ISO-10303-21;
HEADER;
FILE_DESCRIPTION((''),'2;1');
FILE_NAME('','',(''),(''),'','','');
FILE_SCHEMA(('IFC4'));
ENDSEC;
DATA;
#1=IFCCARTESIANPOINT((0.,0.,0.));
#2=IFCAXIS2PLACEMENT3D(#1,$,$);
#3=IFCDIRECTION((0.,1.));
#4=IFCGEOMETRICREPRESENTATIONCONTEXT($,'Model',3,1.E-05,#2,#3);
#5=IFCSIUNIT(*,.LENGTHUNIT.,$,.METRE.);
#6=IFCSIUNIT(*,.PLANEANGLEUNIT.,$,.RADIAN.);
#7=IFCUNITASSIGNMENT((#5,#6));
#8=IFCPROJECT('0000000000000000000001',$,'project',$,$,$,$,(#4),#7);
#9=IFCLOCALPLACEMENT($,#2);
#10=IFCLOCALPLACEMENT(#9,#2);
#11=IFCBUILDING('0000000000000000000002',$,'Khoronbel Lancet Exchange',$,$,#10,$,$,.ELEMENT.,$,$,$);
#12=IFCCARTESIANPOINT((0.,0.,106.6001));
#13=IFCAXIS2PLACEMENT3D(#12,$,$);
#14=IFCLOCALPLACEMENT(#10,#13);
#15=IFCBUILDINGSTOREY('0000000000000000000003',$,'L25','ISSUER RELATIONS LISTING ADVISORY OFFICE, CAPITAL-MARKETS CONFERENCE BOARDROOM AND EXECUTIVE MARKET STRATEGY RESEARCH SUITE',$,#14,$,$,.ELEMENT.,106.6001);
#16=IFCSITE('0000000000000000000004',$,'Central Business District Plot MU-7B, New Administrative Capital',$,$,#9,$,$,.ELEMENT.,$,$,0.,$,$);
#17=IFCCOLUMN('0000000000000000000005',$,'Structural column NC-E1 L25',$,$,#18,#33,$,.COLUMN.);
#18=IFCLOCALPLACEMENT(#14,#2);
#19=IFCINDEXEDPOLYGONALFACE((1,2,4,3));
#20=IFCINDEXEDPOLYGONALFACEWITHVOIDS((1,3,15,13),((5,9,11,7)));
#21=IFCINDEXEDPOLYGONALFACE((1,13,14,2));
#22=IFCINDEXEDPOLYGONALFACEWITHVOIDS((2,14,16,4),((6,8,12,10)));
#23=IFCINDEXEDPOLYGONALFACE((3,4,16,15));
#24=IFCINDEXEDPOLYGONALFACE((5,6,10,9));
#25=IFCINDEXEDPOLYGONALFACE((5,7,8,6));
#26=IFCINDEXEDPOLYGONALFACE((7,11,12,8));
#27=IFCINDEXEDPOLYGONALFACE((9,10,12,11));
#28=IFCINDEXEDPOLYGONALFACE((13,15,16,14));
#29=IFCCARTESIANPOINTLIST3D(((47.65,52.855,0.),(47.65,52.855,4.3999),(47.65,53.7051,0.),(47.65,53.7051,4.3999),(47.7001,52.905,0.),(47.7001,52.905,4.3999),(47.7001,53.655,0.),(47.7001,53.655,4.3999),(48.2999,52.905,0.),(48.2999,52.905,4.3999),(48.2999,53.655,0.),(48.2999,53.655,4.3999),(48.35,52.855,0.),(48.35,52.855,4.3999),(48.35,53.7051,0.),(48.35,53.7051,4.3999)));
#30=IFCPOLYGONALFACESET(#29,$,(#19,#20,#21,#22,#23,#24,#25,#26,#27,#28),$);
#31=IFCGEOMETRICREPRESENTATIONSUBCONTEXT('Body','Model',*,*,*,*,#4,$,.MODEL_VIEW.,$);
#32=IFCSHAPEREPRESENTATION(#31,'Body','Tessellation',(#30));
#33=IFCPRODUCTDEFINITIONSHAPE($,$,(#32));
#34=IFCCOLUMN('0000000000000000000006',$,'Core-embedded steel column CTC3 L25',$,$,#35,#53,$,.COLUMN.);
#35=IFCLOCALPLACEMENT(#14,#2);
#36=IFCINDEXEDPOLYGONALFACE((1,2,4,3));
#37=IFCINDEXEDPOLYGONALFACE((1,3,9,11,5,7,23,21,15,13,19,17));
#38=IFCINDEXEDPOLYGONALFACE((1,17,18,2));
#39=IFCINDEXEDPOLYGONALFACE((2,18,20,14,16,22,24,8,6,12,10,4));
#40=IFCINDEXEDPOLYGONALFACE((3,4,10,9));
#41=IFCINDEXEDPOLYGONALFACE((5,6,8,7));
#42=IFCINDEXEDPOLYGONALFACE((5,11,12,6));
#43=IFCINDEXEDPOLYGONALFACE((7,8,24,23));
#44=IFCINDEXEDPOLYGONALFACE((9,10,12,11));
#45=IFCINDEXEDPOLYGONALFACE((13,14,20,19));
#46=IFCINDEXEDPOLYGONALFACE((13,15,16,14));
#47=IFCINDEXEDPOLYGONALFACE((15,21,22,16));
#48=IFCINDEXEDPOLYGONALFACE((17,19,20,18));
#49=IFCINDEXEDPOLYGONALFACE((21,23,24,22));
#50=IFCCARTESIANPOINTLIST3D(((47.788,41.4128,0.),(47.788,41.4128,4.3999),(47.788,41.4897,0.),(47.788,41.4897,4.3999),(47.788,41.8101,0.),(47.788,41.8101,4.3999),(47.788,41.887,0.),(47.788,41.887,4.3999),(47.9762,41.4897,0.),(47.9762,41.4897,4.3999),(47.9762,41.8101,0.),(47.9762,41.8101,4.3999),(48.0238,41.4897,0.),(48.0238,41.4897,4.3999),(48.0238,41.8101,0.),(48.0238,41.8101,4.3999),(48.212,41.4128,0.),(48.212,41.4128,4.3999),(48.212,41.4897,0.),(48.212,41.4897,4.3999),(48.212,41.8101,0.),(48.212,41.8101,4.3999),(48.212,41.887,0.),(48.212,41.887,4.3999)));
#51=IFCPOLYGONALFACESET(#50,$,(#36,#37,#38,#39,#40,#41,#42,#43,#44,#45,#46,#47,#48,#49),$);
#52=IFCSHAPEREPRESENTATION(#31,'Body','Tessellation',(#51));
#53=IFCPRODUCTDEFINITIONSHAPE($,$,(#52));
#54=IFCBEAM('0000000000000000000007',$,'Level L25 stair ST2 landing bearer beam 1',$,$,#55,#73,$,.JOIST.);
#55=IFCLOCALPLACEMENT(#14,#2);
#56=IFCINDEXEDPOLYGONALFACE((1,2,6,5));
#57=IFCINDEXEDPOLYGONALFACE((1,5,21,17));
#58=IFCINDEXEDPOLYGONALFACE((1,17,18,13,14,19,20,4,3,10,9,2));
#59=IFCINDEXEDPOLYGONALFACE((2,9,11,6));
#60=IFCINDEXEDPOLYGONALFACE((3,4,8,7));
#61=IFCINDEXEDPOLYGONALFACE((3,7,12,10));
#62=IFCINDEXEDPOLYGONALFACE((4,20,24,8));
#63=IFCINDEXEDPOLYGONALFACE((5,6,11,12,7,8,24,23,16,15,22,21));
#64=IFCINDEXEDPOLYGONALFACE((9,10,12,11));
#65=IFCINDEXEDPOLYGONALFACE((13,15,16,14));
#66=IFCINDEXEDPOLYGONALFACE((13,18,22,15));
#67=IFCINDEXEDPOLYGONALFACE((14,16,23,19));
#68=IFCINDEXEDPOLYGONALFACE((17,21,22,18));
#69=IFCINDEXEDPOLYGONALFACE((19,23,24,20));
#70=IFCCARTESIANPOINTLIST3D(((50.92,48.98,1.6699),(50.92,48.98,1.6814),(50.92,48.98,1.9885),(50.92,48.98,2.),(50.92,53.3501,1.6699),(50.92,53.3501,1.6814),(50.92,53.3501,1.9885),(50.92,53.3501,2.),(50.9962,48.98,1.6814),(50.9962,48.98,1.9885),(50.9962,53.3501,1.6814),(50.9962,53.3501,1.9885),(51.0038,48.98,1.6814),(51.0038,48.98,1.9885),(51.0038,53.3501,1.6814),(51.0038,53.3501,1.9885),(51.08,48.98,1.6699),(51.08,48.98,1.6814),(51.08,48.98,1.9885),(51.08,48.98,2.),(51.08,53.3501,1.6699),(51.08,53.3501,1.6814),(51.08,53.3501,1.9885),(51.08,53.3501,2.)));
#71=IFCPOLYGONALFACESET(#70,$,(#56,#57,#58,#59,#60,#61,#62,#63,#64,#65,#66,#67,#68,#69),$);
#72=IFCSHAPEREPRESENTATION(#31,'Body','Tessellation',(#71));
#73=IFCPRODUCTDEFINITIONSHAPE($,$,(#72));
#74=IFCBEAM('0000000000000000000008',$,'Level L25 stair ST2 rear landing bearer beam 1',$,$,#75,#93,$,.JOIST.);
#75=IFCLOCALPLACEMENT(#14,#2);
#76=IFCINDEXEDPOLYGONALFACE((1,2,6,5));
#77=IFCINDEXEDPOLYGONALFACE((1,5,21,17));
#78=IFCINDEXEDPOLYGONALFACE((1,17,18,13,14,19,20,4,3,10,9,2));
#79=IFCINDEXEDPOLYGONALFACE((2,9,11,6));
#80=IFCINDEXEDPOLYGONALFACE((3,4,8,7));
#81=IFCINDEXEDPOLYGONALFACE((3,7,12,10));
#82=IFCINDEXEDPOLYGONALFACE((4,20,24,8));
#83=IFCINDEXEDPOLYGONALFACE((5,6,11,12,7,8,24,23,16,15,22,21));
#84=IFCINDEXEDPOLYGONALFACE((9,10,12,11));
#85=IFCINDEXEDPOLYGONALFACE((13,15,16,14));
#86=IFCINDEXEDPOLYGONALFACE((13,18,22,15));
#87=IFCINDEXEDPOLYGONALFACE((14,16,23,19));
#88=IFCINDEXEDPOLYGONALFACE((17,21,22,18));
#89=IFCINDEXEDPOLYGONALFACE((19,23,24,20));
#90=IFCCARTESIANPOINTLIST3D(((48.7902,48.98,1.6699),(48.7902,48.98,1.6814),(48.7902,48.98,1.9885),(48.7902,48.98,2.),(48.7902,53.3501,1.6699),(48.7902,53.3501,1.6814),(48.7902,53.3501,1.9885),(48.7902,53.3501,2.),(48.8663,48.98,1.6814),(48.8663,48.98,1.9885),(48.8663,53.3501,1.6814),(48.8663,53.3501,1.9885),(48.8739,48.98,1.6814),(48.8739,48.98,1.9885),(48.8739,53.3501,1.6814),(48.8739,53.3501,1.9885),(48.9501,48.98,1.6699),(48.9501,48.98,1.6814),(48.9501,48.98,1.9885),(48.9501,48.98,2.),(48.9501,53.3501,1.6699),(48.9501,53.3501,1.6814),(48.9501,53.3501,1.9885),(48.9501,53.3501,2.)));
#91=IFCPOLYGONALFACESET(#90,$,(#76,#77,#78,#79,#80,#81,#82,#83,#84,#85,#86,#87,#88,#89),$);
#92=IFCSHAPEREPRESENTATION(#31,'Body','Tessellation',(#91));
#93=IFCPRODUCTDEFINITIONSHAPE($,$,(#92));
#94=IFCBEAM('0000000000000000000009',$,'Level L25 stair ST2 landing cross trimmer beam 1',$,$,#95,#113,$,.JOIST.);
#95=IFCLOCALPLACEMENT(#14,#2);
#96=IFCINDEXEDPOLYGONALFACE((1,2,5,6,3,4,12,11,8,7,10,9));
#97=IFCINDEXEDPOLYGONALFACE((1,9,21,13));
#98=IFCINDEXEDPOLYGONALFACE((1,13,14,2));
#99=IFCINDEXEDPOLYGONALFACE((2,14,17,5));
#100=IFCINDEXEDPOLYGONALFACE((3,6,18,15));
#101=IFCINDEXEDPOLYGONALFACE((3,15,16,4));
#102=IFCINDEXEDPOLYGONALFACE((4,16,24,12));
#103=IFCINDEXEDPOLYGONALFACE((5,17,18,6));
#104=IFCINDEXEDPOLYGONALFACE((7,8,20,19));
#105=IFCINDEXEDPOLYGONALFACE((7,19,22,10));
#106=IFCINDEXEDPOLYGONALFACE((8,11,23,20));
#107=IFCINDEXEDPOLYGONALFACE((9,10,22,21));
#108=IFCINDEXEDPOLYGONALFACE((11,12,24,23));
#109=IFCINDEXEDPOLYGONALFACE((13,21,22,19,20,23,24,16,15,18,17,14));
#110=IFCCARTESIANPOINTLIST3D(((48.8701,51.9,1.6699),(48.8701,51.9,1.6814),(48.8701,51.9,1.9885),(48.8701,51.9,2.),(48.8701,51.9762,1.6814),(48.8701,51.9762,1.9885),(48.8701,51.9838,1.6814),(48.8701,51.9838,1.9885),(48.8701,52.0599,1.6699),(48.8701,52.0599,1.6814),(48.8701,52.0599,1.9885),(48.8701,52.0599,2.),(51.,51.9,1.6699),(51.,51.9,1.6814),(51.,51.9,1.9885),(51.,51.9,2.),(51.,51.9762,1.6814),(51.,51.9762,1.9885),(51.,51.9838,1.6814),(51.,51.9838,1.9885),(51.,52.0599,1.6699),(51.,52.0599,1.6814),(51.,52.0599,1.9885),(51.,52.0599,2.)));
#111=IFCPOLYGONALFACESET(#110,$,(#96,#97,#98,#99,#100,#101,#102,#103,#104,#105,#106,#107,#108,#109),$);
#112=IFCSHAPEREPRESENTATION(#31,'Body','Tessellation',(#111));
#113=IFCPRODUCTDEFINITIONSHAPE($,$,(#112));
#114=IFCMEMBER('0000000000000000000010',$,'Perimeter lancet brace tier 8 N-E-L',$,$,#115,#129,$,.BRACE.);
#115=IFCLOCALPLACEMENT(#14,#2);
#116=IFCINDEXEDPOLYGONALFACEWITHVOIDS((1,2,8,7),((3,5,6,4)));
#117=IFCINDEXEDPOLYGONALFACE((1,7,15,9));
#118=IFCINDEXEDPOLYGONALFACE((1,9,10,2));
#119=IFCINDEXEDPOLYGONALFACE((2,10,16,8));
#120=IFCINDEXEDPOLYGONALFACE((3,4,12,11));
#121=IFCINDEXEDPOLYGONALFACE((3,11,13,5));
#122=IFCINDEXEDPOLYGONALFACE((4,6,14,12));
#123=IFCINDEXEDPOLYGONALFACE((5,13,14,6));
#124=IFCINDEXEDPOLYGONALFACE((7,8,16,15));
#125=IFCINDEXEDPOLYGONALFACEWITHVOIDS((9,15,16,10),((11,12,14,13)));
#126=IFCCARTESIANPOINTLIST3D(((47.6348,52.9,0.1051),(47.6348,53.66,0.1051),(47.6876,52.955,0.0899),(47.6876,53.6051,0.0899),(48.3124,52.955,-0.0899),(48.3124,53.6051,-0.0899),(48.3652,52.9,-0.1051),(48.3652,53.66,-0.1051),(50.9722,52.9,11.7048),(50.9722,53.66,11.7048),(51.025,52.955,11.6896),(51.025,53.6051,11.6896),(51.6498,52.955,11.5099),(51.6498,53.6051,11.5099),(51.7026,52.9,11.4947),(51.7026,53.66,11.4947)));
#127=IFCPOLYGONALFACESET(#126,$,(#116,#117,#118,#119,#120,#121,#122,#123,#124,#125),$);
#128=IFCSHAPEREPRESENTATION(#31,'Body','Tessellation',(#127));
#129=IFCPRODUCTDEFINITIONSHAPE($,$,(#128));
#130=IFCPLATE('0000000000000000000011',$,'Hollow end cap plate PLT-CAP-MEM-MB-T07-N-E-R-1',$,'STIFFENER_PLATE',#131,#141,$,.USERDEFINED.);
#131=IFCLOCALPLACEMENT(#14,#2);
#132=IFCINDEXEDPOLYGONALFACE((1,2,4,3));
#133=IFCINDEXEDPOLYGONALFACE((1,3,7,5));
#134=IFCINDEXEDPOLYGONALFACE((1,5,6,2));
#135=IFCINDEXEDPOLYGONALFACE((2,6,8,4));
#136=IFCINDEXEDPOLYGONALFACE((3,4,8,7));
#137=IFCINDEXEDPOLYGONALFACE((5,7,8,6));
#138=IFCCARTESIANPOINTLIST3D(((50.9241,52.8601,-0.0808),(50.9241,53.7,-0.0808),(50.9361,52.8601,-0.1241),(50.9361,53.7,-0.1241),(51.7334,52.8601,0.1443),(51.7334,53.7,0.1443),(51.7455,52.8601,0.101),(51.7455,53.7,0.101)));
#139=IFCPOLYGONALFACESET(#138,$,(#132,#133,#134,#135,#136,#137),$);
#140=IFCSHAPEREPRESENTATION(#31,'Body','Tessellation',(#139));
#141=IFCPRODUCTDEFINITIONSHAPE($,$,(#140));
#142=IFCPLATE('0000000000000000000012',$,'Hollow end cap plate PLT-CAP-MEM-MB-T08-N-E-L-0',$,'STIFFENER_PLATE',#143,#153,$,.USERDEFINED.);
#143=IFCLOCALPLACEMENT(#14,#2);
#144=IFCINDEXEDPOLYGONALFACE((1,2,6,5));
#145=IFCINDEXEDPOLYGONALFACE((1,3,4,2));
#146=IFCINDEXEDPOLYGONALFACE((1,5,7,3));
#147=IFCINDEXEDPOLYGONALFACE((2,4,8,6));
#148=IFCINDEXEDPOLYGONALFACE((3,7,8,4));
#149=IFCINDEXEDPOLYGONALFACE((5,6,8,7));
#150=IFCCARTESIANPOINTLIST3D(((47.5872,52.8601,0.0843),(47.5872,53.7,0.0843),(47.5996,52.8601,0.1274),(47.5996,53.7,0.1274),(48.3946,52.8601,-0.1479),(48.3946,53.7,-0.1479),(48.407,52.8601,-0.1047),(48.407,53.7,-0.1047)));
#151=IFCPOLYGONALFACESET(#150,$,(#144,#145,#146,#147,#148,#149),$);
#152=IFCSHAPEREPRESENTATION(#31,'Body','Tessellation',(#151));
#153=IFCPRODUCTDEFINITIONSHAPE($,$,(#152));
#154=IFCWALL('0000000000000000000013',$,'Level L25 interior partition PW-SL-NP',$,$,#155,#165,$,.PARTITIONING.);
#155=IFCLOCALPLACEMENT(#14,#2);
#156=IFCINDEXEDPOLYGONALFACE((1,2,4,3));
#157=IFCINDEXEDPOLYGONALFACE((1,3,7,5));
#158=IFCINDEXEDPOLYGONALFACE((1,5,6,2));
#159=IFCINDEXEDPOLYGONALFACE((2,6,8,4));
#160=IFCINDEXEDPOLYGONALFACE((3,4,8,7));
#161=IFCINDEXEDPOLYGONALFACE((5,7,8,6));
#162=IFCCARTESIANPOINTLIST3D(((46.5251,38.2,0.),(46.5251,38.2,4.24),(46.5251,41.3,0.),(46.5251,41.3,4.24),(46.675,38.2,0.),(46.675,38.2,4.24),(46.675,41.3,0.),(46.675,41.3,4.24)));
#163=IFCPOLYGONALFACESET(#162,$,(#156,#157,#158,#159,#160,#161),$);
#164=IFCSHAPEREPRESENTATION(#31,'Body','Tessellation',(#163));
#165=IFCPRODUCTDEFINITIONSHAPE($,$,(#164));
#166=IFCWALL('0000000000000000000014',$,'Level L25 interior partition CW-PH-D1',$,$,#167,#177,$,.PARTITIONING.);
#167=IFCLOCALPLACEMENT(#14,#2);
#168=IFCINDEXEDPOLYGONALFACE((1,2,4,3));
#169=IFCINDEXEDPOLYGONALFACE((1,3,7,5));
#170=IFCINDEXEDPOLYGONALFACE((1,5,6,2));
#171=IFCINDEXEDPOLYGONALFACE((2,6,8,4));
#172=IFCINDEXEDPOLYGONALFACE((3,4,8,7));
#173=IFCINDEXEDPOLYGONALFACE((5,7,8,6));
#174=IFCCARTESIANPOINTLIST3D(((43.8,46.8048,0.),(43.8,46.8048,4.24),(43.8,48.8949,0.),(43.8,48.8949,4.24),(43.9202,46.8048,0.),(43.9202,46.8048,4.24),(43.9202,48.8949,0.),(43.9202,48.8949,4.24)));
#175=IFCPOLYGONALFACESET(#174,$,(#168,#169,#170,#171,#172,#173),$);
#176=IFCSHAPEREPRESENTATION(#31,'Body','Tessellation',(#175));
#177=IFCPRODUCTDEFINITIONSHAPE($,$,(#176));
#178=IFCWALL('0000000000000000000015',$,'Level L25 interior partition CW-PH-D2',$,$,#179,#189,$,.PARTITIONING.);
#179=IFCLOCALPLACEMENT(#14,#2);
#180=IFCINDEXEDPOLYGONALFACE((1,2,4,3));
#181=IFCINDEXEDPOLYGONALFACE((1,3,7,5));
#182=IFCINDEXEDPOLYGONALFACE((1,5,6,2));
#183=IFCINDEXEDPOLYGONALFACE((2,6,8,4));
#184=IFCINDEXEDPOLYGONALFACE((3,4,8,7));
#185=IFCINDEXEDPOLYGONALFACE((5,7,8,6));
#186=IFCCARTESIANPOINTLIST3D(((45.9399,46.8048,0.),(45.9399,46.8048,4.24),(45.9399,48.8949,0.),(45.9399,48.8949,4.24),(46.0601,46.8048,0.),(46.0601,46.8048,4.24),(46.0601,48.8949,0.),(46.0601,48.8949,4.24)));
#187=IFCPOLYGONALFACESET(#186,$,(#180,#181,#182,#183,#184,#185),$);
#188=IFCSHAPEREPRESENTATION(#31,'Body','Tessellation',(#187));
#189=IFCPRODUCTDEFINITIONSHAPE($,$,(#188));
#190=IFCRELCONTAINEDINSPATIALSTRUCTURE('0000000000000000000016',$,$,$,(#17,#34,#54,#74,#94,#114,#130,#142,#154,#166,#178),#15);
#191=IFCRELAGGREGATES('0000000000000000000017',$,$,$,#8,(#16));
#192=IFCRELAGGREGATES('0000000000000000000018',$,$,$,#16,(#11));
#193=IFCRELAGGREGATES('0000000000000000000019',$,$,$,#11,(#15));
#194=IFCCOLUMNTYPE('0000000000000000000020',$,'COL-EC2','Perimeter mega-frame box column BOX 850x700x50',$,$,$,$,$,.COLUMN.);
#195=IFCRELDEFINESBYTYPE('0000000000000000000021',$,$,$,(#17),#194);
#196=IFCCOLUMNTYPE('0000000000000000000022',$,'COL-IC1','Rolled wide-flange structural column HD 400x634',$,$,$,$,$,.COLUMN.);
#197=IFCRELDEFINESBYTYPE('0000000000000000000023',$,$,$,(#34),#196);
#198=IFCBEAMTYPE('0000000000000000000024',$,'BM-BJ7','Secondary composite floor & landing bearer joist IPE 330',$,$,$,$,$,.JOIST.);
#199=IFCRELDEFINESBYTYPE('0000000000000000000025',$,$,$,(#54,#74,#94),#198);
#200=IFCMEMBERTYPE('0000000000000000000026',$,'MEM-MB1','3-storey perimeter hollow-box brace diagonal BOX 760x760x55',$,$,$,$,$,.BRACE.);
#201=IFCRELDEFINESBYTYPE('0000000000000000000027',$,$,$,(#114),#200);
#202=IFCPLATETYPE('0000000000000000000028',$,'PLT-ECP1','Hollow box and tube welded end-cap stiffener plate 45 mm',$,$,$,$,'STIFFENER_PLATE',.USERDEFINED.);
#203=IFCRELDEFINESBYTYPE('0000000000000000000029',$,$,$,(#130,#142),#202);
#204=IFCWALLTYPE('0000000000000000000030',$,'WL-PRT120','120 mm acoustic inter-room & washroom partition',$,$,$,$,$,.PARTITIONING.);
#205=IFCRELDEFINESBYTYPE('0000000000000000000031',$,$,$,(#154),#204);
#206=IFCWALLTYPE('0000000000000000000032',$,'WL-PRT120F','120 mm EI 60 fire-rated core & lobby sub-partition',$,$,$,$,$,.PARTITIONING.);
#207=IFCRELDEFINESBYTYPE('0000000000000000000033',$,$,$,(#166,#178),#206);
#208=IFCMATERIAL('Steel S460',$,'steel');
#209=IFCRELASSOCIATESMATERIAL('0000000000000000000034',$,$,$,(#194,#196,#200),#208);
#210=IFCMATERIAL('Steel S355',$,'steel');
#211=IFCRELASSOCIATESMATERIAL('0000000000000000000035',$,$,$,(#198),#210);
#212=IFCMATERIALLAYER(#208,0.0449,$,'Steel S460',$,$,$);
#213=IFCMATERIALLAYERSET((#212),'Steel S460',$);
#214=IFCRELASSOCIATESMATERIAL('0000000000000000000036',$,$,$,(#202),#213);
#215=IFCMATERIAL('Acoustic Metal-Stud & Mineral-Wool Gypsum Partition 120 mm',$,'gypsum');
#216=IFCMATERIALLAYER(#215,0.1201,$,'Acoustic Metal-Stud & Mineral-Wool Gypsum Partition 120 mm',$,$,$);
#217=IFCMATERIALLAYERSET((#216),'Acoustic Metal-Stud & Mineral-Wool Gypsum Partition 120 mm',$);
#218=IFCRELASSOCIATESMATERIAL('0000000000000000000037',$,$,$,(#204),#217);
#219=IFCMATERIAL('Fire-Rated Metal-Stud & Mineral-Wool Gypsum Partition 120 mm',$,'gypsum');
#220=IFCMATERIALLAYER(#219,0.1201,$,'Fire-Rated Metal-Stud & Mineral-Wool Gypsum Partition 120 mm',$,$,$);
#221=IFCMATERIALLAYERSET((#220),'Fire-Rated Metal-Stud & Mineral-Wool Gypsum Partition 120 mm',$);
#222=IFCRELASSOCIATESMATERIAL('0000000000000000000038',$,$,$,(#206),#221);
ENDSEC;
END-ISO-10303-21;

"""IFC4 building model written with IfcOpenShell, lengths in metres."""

from ifc_helpers import new_model, si_unit, direction, frame, frame_2d, origin, origin_2d, place, context, subcontext, project, spatial, polyline, rectangle, hollow_rectangle, i_section, outline, extrude, material, layer, layer_set, material_profile, profile_set, type_object, element, save


model = new_model("IFC4")

# Units and contexts
model_context = context("Model", 3, precision=1e-05, world=origin(), true_north=direction((0.0, 1.0)))
body_context = subcontext(model_context, "Body", "Model", "MODEL_VIEW")
ifc_project = project(units=[si_unit("LENGTHUNIT", "METRE"), si_unit("PLANEANGLEUNIT", "RADIAN")], contexts=[model_context])

# Site, building, storey
site_placement = place(None, origin())
site = spatial("IfcSite", under=ifc_project, at=site_placement, Name="Central Business District Plot MU-7B, New Administrative Capital", CompositionType="ELEMENT", RefElevation=0.0)
building_placement = place(site_placement, origin())
building = spatial("IfcBuilding", under=site, at=building_placement, Name="Khoronbel Lancet Exchange", CompositionType="ELEMENT")
storey_placement = place(building_placement, frame((0.0, 0.0, 106.6001)))
storey = spatial("IfcBuildingStorey", under=building, at=storey_placement, Name="L25", Description="ISSUER RELATIONS LISTING ADVISORY OFFICE, CAPITAL-MARKETS CONFERENCE BOARDROOM AND EXECUTIVE MARKET STRATEGY RESEARCH SUITE", CompositionType="ELEMENT", Elevation=106.6001)

# Columns
ifc_material_1 = material(Name="Steel S460", Category="steel")
ifc_material_profile_1 = material_profile(ifc_material_1, hollow_rectangle(XDim=0.7, YDim=0.8501, WallThickness=0.05, at=origin_2d()), Name="BOX 850x700x50")
ifc_profile_set_1 = profile_set([ifc_material_profile_1], Name="Steel S460")
column_type_1 = type_object("IfcColumnType", Name="COL-EC2", Description="Perimeter mega-frame box column BOX 850x700x50", PredefinedType="COLUMN", material=ifc_profile_set_1)
column_1_placement = place(storey_placement, frame((48.0, 53.28, 0.0), z_axis=(0.0, 0.0, 1.0), x_axis=(1.0, 0.0, 0.0)))
element("IfcColumn", 1, at=column_1_placement, inside=storey, type_object=column_type_1, Name="Structural column NC-E1 L25", PredefinedType="COLUMN", context=body_context, shape_type="SweptSolid", body=[
    extrude(hollow_rectangle(XDim=0.7, YDim=0.8501, WallThickness=0.05, at=origin_2d()), origin(), (0.0, 0.0, 1.0), 4.3999),
])
ifc_material_profile_2 = material_profile(ifc_material_1, i_section(OverallWidth=0.4241, OverallDepth=0.4741, WebThickness=0.0476, FlangeThickness=0.0769, at=origin_2d()), Name="HD 400x634")
ifc_profile_set_2 = profile_set([ifc_material_profile_2], Name="Steel S460")
column_type_2 = type_object("IfcColumnType", Name="COL-IC1", Description="Rolled wide-flange structural column HD 400x634", PredefinedType="COLUMN", material=ifc_profile_set_2)
column_2_placement = place(storey_placement, frame((48.0, 41.6499, 0.0), z_axis=(0.0, 0.0, 1.0), x_axis=(1.0, 0.0, 0.0)))
element("IfcColumn", 2, at=column_2_placement, inside=storey, type_object=column_type_2, Name="Core-embedded steel column CTC3 L25", PredefinedType="COLUMN", context=body_context, shape_type="SweptSolid", body=[
    extrude(i_section(OverallWidth=0.4241, OverallDepth=0.4741, WebThickness=0.0476, FlangeThickness=0.0769, at=origin_2d()), origin(), (0.0, 0.0, 1.0), 4.3999),
])

# Beams
ifc_material_2 = material(Name="Steel S355", Category="steel")
ifc_material_profile_3 = material_profile(ifc_material_2, i_section(OverallWidth=0.1599, OverallDepth=0.3301, WebThickness=0.0076, FlangeThickness=0.0115, at=origin_2d()), Name="IPE 330")
ifc_profile_set_3 = profile_set([ifc_material_profile_3], Name="Steel S355")
beam_type = type_object("IfcBeamType", Name="BM-BJ7", Description="Secondary composite floor & landing bearer joist IPE 330", PredefinedType="JOIST", material=ifc_profile_set_3)
for number, where, z_axis, x_axis, name in (
    (3, (51.0, 48.98, 1.835), (0.0, 1.0, 0.0), (-1.0, 0.0, 0.0), "Level L25 stair ST2 landing bearer beam 1"),
    (4, (48.8701, 48.98, 1.835), (0.0, 1.0, 0.0), (-1.0, 0.0, 0.0), "Level L25 stair ST2 rear landing bearer beam 1"),
):
    element("IfcBeam", number, at=place(storey_placement, frame(where, z_axis=z_axis, x_axis=x_axis)), inside=storey, type_object=beam_type, Name=name, PredefinedType="JOIST", context=body_context, shape_type="SweptSolid", body=[
        extrude(i_section(OverallWidth=0.1599, OverallDepth=0.3301, WebThickness=0.0076, FlangeThickness=0.0115, at=origin_2d()), origin(), (0.0, 0.0, 1.0), 4.3701),
    ])
beam_placement = place(storey_placement, frame((48.8701, 51.98, 1.835), z_axis=(1.0, 0.0, 0.0), x_axis=(0.0, 1.0, 0.0)))
element("IfcBeam", 5, at=beam_placement, inside=storey, type_object=beam_type, Name="Level L25 stair ST2 landing cross trimmer beam 1", PredefinedType="JOIST", context=body_context, shape_type="SweptSolid", body=[
    extrude(i_section(OverallWidth=0.1599, OverallDepth=0.3301, WebThickness=0.0076, FlangeThickness=0.0115, at=origin_2d()), origin(), (0.0, 0.0, 1.0), 2.1299),
])

# Member
ifc_material_profile_4 = material_profile(ifc_material_1, hollow_rectangle(XDim=0.76, YDim=0.76, WallThickness=0.0549, at=origin_2d()), Name="BOX 760x760x55")
ifc_profile_set_4 = profile_set([ifc_material_profile_4], Name="Steel S460")
member_type = type_object("IfcMemberType", Name="MEM-MB1", Description="3-storey perimeter hollow-box brace diagonal BOX 760x760x55", PredefinedType="BRACE", material=ifc_profile_set_4)
member_placement = place(storey_placement, frame((48.0, 53.28, 0.0), z_axis=(0.276494, 0.0, 0.961016), x_axis=(0.0, 1.0, 0.0)))
element("IfcMember", 6, at=member_placement, inside=storey, type_object=member_type, Name="Perimeter lancet brace tier 8 N-E-L", PredefinedType="BRACE", context=body_context, shape_type="SweptSolid", body=[
    extrude(hollow_rectangle(XDim=0.76, YDim=0.76, WallThickness=0.0549, at=origin_2d()), origin(), (0.0, 0.0, 1.0), 12.0703),
])

# Plates
ifc_layer_1 = layer(ifc_material_1, 0.0449, Name="Steel S460")
ifc_layer_set_1 = layer_set([ifc_layer_1], Name="Steel S460")
plate_type = type_object("IfcPlateType", Name="PLT-ECP1", Description="Hollow box and tube welded end-cap stiffener plate 45 mm", ElementType="STIFFENER_PLATE", PredefinedType="USERDEFINED", material=ifc_layer_set_1)
for number, where, z_axis, x_axis, name in (
    (7, (50.9241, 53.7, -0.0808), (-0.267959, 0.0, 0.96343), (0.0, -1.0, 0.0), "Hollow end cap plate PLT-CAP-MEM-MB-T07-N-E-R-1"),
    (8, (48.407, 52.8601, -0.1047), (0.276371, 0.0, 0.961051), (0.0, 1.0, 0.0), "Hollow end cap plate PLT-CAP-MEM-MB-T08-N-E-L-0"),
):
    element("IfcPlate", number, at=place(storey_placement, frame(where, z_axis=z_axis, x_axis=x_axis)), inside=storey, type_object=plate_type, Name=name, ObjectType="STIFFENER_PLATE", PredefinedType="USERDEFINED", context=body_context, shape_type="SweptSolid", body=[
        extrude(outline(polyline([(0.0, 0.0), (0.8398, 0.0), (0.8398, 0.8401), (0.0, 0.8401), (0.0, 0.0)])), origin(), (0.0, 0.0, -1.0), 0.0449),
    ])

# Walls
ifc_material_3 = material(Name="Acoustic Metal-Stud & Mineral-Wool Gypsum Partition 120 mm", Category="gypsum")
ifc_layer_2 = layer(ifc_material_3, 0.1201, Name="Acoustic Metal-Stud & Mineral-Wool Gypsum Partition 120 mm")
ifc_layer_set_2 = layer_set([ifc_layer_2], Name="Acoustic Metal-Stud & Mineral-Wool Gypsum Partition 120 mm")
wall_type_1 = type_object("IfcWallType", Name="WL-PRT120", Description="120 mm acoustic inter-room & washroom partition", PredefinedType="PARTITIONING", material=ifc_layer_set_2)
wall_1_placement = place(storey_placement, frame((46.6001, 38.2, 0.0), z_axis=(0.0, 0.0, 1.0), x_axis=(0.0, 1.0, 0.0)))
element("IfcWall", 9, at=wall_1_placement, inside=storey, type_object=wall_type_1, Name="Level L25 interior partition PW-SL-NP", PredefinedType="PARTITIONING", context=body_context, shape_type="SweptSolid", body=[
    extrude(rectangle(XDim=3.1001, YDim=0.1499, at=frame_2d((1.55, 0.0))), origin(), (0.0, 0.0, 1.0), 4.24),
])
ifc_material_4 = material(Name="Fire-Rated Metal-Stud & Mineral-Wool Gypsum Partition 120 mm", Category="gypsum")
ifc_layer_3 = layer(ifc_material_4, 0.1201, Name="Fire-Rated Metal-Stud & Mineral-Wool Gypsum Partition 120 mm")
ifc_layer_set_3 = layer_set([ifc_layer_3], Name="Fire-Rated Metal-Stud & Mineral-Wool Gypsum Partition 120 mm")
wall_type_2 = type_object("IfcWallType", Name="WL-PRT120F", Description="120 mm EI 60 fire-rated core & lobby sub-partition", PredefinedType="PARTITIONING", material=ifc_layer_set_3)
for number, where, z_axis, x_axis, name in (
    (10, (43.8601, 46.8049, 0.0), (0.0, 0.0, 1.0), (0.0, 1.0, 0.0), "Level L25 interior partition CW-PH-D1"),
    (11, (46.0, 46.8049, 0.0), (0.0, 0.0, 1.0), (0.0, 1.0, 0.0), "Level L25 interior partition CW-PH-D2"),
):
    element("IfcWall", number, at=place(storey_placement, frame(where, z_axis=z_axis, x_axis=x_axis)), inside=storey, type_object=wall_type_2, Name=name, PredefinedType="PARTITIONING", context=body_context, shape_type="SweptSolid", body=[
        extrude(rectangle(XDim=2.0901, YDim=0.1201, at=frame_2d((1.0449, 0.0))), origin(), (0.0, 0.0, 1.0), 4.24),
    ])

save(model, "model.ifc")
